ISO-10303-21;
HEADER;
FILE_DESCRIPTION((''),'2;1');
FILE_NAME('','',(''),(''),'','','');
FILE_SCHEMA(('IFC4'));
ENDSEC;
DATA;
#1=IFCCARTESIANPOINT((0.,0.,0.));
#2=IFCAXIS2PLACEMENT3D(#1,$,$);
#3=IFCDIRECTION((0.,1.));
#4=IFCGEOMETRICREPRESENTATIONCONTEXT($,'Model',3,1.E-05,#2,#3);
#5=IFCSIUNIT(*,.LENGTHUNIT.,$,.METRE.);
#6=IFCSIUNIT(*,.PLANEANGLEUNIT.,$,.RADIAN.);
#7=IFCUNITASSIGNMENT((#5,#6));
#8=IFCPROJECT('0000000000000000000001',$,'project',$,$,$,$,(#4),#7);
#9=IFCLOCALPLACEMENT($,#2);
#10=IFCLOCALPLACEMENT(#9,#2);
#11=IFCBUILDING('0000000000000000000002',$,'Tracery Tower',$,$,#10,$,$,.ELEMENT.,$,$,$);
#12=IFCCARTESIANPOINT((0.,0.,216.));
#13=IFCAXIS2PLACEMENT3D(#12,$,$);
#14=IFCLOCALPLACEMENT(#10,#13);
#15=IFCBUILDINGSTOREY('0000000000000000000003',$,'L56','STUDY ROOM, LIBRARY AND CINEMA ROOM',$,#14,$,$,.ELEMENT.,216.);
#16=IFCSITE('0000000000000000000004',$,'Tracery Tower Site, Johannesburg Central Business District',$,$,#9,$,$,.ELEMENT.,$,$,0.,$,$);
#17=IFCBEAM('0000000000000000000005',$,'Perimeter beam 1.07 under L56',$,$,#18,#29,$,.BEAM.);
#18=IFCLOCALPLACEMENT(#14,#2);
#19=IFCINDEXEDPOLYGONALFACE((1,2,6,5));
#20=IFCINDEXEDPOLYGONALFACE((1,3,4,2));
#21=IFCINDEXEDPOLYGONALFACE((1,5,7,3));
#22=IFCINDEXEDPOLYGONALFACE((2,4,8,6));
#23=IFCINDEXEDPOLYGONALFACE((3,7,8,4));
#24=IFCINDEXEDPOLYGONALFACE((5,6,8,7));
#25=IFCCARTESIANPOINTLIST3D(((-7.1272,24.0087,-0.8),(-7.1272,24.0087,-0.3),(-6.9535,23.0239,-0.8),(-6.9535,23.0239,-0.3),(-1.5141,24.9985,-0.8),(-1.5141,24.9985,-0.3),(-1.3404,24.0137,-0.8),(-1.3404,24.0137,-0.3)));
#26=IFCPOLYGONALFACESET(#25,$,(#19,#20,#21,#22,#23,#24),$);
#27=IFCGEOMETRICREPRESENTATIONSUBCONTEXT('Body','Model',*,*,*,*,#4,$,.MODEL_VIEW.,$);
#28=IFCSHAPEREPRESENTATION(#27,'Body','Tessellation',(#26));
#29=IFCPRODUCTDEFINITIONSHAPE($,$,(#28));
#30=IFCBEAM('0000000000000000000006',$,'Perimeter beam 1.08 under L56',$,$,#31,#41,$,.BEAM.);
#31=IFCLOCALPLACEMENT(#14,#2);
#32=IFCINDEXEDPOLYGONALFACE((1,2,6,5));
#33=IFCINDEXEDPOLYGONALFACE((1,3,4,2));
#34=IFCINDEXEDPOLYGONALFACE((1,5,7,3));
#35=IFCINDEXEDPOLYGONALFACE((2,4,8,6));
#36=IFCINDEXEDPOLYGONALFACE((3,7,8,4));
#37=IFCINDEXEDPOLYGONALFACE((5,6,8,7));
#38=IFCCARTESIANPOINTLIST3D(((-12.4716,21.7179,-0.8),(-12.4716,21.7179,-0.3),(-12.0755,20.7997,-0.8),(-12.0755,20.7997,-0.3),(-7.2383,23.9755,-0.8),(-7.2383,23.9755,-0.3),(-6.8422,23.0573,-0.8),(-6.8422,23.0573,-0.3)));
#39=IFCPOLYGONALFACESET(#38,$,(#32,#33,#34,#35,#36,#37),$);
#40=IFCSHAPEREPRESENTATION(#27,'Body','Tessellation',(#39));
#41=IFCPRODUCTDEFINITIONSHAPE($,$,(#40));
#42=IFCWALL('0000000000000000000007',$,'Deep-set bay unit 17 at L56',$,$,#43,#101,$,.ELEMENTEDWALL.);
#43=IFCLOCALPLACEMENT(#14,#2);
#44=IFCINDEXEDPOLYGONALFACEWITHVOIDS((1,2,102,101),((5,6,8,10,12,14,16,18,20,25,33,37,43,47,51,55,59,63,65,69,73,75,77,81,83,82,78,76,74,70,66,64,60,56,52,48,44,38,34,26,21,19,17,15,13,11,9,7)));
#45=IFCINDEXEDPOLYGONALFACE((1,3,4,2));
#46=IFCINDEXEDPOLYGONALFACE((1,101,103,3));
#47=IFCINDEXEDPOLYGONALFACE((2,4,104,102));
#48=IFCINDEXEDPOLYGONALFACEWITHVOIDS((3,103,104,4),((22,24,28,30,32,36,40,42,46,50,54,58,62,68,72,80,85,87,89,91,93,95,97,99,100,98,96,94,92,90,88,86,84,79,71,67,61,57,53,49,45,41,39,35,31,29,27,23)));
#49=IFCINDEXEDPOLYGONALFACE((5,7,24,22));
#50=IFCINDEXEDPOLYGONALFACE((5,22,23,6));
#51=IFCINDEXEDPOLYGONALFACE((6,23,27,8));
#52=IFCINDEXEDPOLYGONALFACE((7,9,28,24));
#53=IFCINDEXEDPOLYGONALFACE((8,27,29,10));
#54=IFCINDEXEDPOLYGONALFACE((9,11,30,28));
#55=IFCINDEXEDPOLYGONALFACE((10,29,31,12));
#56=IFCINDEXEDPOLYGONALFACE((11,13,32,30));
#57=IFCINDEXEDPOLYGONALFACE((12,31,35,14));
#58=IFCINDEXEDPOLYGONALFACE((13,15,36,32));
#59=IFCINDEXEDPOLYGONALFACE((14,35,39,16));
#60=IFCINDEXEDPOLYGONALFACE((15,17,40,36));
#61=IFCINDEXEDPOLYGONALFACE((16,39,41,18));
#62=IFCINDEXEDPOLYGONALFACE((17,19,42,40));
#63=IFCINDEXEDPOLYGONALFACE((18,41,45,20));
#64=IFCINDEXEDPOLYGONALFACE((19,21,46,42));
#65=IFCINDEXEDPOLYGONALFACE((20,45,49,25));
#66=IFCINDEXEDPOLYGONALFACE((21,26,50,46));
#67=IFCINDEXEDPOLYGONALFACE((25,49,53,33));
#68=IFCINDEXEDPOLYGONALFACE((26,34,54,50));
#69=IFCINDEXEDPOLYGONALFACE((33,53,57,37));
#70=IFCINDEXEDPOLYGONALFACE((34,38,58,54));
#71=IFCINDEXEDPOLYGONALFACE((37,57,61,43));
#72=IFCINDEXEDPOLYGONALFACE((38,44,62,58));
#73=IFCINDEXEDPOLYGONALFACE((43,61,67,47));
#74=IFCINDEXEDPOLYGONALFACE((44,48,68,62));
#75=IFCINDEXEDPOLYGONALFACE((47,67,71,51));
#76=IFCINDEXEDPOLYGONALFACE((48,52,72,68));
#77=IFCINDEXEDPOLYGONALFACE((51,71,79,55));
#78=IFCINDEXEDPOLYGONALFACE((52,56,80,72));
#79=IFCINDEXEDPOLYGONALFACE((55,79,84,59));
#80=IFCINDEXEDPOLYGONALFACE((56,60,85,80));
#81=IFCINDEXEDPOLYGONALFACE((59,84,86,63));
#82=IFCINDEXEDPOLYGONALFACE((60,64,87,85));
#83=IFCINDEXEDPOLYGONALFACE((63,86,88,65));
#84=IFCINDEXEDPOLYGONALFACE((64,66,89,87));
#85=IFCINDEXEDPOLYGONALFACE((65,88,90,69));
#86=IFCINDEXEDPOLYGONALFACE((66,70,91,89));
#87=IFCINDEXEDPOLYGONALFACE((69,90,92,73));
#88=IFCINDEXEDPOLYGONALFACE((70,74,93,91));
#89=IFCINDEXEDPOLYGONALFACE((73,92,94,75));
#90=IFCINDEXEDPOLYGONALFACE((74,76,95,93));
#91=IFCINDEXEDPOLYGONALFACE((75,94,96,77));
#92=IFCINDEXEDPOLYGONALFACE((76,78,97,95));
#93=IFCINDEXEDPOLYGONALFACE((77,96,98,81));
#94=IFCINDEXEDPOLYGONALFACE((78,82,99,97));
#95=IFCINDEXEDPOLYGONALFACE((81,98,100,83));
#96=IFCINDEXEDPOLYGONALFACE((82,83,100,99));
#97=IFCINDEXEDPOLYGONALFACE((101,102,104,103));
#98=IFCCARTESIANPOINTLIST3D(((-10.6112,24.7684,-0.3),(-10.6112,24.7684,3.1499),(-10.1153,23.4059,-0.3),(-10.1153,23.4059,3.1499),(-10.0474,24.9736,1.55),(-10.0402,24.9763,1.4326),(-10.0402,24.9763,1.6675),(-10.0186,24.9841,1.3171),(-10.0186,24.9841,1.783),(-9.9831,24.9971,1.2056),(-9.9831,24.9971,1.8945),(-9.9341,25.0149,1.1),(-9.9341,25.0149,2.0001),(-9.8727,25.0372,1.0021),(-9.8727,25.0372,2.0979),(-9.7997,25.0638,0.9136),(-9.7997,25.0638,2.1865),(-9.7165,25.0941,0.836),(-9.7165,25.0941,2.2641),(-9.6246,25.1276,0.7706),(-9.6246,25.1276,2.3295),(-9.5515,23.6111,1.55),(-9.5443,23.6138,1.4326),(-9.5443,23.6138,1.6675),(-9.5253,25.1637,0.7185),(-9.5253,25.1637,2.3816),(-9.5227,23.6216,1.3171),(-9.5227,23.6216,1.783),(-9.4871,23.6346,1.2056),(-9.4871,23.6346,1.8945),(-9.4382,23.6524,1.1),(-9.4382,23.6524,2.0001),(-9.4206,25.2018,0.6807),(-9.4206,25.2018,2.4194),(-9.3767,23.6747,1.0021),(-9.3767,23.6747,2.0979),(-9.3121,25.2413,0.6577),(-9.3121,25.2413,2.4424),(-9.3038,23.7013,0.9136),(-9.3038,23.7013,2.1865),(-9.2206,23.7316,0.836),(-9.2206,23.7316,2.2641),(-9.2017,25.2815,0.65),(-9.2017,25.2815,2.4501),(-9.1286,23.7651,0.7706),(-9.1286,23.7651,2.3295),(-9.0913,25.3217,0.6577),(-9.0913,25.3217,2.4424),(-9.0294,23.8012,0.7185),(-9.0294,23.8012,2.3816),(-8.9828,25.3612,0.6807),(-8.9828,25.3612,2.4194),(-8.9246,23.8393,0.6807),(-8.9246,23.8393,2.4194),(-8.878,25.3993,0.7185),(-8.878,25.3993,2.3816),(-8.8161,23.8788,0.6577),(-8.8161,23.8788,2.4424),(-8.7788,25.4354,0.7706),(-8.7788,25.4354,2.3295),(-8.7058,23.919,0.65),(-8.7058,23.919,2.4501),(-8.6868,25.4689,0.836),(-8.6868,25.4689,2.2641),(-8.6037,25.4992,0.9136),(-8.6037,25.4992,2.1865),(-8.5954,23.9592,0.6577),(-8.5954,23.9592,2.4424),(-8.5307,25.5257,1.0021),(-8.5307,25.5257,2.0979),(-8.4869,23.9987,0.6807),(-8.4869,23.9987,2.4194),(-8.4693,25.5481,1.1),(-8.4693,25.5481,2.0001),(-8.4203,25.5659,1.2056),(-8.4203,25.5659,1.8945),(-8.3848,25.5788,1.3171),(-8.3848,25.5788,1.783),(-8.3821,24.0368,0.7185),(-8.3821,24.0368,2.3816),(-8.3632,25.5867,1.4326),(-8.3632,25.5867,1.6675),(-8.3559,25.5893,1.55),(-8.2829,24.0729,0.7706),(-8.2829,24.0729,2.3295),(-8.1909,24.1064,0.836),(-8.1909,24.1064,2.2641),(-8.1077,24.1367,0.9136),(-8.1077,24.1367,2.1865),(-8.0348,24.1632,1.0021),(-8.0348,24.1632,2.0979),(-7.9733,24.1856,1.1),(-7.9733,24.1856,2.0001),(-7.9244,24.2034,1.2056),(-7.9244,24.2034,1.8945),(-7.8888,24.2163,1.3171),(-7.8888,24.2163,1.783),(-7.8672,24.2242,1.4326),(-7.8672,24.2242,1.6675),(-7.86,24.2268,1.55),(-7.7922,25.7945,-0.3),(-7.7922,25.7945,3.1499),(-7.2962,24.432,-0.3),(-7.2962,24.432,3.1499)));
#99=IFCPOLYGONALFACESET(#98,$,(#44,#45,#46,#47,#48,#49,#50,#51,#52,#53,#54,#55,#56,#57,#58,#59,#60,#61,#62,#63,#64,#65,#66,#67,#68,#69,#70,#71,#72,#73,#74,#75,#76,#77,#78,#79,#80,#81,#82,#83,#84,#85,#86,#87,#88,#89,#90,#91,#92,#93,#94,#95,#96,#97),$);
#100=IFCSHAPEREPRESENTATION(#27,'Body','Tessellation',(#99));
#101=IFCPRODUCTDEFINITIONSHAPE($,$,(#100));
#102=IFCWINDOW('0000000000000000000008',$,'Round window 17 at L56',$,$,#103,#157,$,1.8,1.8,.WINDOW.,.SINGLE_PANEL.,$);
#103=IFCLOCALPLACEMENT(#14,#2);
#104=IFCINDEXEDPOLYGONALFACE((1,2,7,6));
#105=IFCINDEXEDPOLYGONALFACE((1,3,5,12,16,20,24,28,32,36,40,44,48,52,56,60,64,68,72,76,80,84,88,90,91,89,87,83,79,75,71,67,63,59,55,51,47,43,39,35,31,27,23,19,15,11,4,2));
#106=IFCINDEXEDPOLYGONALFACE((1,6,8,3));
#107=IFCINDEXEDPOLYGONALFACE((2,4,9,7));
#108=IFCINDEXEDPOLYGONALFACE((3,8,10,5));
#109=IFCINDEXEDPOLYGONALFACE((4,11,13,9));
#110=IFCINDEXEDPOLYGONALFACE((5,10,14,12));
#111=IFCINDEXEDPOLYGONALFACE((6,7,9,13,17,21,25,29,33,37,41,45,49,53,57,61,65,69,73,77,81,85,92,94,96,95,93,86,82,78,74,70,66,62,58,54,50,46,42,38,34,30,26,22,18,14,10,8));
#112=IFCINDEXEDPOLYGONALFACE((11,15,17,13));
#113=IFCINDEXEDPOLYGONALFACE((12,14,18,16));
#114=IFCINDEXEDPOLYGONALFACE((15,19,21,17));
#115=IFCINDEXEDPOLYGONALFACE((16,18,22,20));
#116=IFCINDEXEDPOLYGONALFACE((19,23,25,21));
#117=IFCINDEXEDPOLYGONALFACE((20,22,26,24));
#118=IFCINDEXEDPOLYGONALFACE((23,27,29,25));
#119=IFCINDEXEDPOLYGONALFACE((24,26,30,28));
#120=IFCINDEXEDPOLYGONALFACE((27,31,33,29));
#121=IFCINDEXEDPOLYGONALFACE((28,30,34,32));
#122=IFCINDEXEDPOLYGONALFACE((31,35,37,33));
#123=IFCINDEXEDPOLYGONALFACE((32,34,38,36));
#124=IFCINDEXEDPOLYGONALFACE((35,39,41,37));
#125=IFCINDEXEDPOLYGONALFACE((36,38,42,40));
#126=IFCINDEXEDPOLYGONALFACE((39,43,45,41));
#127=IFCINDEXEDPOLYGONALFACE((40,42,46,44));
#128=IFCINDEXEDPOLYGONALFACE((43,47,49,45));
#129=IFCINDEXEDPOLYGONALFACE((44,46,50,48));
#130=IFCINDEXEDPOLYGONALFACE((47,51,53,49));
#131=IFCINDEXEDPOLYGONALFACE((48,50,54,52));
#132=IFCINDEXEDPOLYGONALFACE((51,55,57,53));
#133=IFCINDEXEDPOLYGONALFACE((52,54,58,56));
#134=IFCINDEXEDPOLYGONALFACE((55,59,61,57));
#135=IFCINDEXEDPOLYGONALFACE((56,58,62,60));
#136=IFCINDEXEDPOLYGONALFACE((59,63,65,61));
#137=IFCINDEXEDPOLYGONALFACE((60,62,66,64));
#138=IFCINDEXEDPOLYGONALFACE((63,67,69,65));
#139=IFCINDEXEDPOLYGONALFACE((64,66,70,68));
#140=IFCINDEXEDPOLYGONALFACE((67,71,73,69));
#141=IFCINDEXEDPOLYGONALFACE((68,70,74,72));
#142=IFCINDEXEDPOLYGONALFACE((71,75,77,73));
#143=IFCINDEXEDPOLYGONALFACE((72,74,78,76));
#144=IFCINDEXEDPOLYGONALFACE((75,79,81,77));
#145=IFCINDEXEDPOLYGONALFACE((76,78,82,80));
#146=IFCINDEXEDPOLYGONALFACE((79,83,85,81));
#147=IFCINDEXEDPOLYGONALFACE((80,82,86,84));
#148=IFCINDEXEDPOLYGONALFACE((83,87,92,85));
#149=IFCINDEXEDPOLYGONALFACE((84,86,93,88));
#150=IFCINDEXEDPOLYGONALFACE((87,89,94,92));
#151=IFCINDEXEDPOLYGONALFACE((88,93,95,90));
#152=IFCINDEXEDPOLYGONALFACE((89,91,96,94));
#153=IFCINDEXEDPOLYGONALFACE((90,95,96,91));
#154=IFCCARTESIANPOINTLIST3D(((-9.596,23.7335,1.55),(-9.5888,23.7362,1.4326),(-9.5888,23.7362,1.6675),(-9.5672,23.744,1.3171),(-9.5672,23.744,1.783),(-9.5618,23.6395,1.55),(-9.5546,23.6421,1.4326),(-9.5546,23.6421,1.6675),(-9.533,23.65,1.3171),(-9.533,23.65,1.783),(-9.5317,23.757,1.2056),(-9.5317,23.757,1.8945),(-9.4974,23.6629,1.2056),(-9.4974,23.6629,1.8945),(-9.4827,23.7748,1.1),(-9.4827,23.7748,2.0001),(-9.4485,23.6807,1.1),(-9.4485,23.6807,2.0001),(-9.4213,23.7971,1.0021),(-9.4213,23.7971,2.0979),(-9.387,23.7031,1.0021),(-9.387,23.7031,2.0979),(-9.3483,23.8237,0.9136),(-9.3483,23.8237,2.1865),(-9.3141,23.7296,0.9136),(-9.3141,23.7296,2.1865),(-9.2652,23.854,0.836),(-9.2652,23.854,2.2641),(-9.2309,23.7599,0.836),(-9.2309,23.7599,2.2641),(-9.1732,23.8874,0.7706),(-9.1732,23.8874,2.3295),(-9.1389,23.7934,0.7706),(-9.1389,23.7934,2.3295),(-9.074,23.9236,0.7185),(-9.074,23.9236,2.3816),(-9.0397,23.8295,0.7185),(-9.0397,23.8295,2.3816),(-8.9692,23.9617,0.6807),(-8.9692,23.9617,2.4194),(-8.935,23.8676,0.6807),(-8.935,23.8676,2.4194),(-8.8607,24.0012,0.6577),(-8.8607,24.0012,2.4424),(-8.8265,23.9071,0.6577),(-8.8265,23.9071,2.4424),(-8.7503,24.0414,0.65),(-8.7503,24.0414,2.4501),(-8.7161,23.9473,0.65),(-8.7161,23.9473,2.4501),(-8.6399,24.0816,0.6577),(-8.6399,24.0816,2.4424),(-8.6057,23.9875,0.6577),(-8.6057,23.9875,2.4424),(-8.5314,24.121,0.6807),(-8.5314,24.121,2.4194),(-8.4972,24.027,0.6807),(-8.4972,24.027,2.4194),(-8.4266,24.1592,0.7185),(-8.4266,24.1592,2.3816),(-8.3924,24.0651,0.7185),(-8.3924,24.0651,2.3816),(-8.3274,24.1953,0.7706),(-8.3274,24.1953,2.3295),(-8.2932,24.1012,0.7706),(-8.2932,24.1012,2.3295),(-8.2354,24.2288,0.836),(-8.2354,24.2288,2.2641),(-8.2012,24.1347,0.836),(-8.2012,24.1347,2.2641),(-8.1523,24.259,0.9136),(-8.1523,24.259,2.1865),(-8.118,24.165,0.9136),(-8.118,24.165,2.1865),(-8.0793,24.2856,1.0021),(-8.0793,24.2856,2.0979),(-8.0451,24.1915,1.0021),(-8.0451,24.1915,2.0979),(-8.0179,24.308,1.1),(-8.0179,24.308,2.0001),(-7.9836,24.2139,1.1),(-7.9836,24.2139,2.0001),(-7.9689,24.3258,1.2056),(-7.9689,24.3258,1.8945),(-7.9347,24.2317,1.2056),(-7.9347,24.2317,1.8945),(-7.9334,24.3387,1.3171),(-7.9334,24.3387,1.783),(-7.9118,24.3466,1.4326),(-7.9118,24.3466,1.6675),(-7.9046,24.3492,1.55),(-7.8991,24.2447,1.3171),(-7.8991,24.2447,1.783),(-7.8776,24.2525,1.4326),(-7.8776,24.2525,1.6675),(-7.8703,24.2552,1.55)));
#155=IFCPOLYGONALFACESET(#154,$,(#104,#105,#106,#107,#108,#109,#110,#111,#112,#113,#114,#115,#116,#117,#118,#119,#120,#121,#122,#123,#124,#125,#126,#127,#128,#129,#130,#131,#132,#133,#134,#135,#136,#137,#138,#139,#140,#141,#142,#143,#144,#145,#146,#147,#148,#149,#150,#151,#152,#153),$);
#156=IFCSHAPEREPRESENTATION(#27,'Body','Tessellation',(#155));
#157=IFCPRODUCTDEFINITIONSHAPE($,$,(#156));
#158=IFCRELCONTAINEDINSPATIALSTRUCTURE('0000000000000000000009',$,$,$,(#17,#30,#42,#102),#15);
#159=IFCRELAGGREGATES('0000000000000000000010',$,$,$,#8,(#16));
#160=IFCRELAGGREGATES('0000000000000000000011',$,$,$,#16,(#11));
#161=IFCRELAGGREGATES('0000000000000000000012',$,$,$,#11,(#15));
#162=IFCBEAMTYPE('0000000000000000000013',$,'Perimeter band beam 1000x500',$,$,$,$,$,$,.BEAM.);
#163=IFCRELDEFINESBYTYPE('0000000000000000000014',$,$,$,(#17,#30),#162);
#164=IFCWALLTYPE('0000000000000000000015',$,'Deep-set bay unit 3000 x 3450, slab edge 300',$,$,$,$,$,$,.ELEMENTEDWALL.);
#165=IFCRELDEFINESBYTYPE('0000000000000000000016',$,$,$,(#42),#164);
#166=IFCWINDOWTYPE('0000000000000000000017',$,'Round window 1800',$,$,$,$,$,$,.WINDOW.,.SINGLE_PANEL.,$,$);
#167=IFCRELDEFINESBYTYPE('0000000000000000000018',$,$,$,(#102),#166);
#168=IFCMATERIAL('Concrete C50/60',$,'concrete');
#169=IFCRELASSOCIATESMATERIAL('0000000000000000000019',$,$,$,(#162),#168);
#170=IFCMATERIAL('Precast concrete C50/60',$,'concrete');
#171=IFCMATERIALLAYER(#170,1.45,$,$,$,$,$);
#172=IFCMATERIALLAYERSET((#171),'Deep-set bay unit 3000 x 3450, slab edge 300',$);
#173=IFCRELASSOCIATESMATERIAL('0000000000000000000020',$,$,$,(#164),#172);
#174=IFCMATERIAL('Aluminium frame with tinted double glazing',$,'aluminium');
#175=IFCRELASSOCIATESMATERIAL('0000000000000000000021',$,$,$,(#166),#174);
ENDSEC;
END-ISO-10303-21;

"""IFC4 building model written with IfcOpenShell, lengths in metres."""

from ifc_helpers import new_model, si_unit, direction, frame, frame_2d, origin, origin_2d, place, context, subcontext, project, spatial, rectangle, circle, extrude, material, layer, layer_set, material_profile, profile_set, type_object, element, fill, save


model = new_model("IFC4")

# Units and contexts
model_context = context("Model", 3, precision=1e-05, world=origin(), true_north=direction((0.0, 1.0)))
body_context = subcontext(model_context, "Body", "Model", "MODEL_VIEW")
ifc_project = project(units=[si_unit("LENGTHUNIT", "METRE"), si_unit("PLANEANGLEUNIT", "RADIAN")], contexts=[model_context])

# Site, building, storey
site_placement = place(None, origin())
site = spatial("IfcSite", under=ifc_project, at=site_placement, Name="Tracery Tower Site, Johannesburg Central Business District", CompositionType="ELEMENT", RefElevation=0.0)
building_placement = place(site_placement, origin())
building = spatial("IfcBuilding", under=site, at=building_placement, Name="Tracery Tower", CompositionType="ELEMENT")
storey_placement = place(building_placement, frame((0.0, 0.0, 216.0)))
storey = spatial("IfcBuildingStorey", under=building, at=storey_placement, Name="L56", Description="STUDY ROOM, LIBRARY AND CINEMA ROOM", CompositionType="ELEMENT", Elevation=216.0)

# Beams
ifc_material_1 = material(Name="Concrete C50/60", Category="concrete")
ifc_material_profile_1 = material_profile(ifc_material_1, rectangle(XDim=1.0, YDim=0.5, at=origin_2d()), Name="RC 1000x500")
ifc_profile_set_1 = profile_set([ifc_material_profile_1], Name="Concrete C50/60")
beam_type = type_object("IfcBeamType", Name="Perimeter band beam 1000x500", PredefinedType="BEAM", material=ifc_profile_set_1)
beam_1_placement = place(storey_placement, frame((-1.4272, 24.5061, -0.55), z_axis=(-0.984807, -0.173651, 0.0), x_axis=(0.173651, -0.984807, 0.0)))
element("IfcBeam", 1, at=beam_1_placement, inside=storey, type_object=beam_type, Name="Perimeter beam 1.07 under L56", PredefinedType="BEAM", context=body_context, shape_type="SweptSolid", body=[
    extrude(rectangle(XDim=1.0, YDim=0.5, at=origin_2d()), origin(), (0.0, 0.0, 1.0), 5.6997),
])
beam_2_placement = place(storey_placement, frame((-7.0403, 23.5164, -0.55), z_axis=(-0.91821, -0.396095, 0.0), x_axis=(0.396095, -0.91821, 0.0)))
element("IfcBeam", 2, at=beam_2_placement, inside=storey, type_object=beam_type, Name="Perimeter beam 1.08 under L56", PredefinedType="BEAM", context=body_context, shape_type="SweptSolid", body=[
    extrude(rectangle(XDim=1.0, YDim=0.5, at=origin_2d()), origin(), (0.0, 0.0, 1.0), 5.6995),
])

# Wall, opening, window
ifc_material_2 = material(Name="Precast concrete C50/60", Category="concrete")
ifc_layer_1 = layer(ifc_material_2, 1.45)
ifc_layer_set_1 = layer_set([ifc_layer_1], Name="Deep-set bay unit 3000 x 3450, slab edge 300")
wall_type_1 = type_object("IfcWallType", Name="Deep-set bay unit 3000 x 3450, slab edge 300", PredefinedType="ELEMENTEDWALL", material=ifc_layer_set_1)
wall_1_placement = place(storey_placement, frame((-7.5442, 25.1133, -0.3), z_axis=(0.0, 0.0, 1.0), x_axis=(-0.939686, -0.342037, 0.0)))
wall_1 = element("IfcWall", 3, at=wall_1_placement, inside=storey, type_object=wall_type_1, Name="Deep-set bay unit 17 at L56", PredefinedType="ELEMENTEDWALL", context=body_context, shape_type="SweptSolid", body=[
    extrude(rectangle(XDim=3.0, YDim=1.45, at=frame_2d((1.5, 0.0))), origin(), (0.0, 0.0, 1.0), 3.45),
])
opening_1_placement = place(wall_1_placement, frame((1.5, 0.0, 1.8501)))
opening_1 = element("IfcOpeningElement", 4, at=opening_1_placement, cuts=wall_1, PredefinedType="OPENING", context=body_context, shape_type="SweptSolid", body=[
    extrude(circle(Radius=0.9, at=origin_2d()), frame((0.0, 0.7349, 0.0), z_axis=(0.0, -1.0, 0.0), x_axis=(1.0, 0.0, 0.0)), (0.0, 0.0, 1.0), 1.47),
])
ifc_material_3 = material(Name="Aluminium frame with tinted double glazing", Category="aluminium")
window_type = type_object("IfcWindowType", Name="Round window 1800", PartitioningType="SINGLE_PANEL", PredefinedType="WINDOW", material=ifc_material_3)
window_1_placement = place(opening_1_placement, origin())
window_1 = element("IfcWindow", 5, at=window_1_placement, inside=storey, type_object=window_type, Name="Round window 17 at L56", OverallHeight=1.8, OverallWidth=1.8, PartitioningType="SINGLE_PANEL", PredefinedType="WINDOW", context=body_context, shape_type="SweptSolid", body=[
    extrude(circle(Radius=0.9, at=origin_2d()), frame((0.0, 0.6948, 0.0), z_axis=(0.0, -1.0, 0.0), x_axis=(1.0, 0.0, 0.0)), (0.0, 0.0, 1.0), 0.1001),
])
fill(opening_1, window_1)

save(model, "model.ifc")
